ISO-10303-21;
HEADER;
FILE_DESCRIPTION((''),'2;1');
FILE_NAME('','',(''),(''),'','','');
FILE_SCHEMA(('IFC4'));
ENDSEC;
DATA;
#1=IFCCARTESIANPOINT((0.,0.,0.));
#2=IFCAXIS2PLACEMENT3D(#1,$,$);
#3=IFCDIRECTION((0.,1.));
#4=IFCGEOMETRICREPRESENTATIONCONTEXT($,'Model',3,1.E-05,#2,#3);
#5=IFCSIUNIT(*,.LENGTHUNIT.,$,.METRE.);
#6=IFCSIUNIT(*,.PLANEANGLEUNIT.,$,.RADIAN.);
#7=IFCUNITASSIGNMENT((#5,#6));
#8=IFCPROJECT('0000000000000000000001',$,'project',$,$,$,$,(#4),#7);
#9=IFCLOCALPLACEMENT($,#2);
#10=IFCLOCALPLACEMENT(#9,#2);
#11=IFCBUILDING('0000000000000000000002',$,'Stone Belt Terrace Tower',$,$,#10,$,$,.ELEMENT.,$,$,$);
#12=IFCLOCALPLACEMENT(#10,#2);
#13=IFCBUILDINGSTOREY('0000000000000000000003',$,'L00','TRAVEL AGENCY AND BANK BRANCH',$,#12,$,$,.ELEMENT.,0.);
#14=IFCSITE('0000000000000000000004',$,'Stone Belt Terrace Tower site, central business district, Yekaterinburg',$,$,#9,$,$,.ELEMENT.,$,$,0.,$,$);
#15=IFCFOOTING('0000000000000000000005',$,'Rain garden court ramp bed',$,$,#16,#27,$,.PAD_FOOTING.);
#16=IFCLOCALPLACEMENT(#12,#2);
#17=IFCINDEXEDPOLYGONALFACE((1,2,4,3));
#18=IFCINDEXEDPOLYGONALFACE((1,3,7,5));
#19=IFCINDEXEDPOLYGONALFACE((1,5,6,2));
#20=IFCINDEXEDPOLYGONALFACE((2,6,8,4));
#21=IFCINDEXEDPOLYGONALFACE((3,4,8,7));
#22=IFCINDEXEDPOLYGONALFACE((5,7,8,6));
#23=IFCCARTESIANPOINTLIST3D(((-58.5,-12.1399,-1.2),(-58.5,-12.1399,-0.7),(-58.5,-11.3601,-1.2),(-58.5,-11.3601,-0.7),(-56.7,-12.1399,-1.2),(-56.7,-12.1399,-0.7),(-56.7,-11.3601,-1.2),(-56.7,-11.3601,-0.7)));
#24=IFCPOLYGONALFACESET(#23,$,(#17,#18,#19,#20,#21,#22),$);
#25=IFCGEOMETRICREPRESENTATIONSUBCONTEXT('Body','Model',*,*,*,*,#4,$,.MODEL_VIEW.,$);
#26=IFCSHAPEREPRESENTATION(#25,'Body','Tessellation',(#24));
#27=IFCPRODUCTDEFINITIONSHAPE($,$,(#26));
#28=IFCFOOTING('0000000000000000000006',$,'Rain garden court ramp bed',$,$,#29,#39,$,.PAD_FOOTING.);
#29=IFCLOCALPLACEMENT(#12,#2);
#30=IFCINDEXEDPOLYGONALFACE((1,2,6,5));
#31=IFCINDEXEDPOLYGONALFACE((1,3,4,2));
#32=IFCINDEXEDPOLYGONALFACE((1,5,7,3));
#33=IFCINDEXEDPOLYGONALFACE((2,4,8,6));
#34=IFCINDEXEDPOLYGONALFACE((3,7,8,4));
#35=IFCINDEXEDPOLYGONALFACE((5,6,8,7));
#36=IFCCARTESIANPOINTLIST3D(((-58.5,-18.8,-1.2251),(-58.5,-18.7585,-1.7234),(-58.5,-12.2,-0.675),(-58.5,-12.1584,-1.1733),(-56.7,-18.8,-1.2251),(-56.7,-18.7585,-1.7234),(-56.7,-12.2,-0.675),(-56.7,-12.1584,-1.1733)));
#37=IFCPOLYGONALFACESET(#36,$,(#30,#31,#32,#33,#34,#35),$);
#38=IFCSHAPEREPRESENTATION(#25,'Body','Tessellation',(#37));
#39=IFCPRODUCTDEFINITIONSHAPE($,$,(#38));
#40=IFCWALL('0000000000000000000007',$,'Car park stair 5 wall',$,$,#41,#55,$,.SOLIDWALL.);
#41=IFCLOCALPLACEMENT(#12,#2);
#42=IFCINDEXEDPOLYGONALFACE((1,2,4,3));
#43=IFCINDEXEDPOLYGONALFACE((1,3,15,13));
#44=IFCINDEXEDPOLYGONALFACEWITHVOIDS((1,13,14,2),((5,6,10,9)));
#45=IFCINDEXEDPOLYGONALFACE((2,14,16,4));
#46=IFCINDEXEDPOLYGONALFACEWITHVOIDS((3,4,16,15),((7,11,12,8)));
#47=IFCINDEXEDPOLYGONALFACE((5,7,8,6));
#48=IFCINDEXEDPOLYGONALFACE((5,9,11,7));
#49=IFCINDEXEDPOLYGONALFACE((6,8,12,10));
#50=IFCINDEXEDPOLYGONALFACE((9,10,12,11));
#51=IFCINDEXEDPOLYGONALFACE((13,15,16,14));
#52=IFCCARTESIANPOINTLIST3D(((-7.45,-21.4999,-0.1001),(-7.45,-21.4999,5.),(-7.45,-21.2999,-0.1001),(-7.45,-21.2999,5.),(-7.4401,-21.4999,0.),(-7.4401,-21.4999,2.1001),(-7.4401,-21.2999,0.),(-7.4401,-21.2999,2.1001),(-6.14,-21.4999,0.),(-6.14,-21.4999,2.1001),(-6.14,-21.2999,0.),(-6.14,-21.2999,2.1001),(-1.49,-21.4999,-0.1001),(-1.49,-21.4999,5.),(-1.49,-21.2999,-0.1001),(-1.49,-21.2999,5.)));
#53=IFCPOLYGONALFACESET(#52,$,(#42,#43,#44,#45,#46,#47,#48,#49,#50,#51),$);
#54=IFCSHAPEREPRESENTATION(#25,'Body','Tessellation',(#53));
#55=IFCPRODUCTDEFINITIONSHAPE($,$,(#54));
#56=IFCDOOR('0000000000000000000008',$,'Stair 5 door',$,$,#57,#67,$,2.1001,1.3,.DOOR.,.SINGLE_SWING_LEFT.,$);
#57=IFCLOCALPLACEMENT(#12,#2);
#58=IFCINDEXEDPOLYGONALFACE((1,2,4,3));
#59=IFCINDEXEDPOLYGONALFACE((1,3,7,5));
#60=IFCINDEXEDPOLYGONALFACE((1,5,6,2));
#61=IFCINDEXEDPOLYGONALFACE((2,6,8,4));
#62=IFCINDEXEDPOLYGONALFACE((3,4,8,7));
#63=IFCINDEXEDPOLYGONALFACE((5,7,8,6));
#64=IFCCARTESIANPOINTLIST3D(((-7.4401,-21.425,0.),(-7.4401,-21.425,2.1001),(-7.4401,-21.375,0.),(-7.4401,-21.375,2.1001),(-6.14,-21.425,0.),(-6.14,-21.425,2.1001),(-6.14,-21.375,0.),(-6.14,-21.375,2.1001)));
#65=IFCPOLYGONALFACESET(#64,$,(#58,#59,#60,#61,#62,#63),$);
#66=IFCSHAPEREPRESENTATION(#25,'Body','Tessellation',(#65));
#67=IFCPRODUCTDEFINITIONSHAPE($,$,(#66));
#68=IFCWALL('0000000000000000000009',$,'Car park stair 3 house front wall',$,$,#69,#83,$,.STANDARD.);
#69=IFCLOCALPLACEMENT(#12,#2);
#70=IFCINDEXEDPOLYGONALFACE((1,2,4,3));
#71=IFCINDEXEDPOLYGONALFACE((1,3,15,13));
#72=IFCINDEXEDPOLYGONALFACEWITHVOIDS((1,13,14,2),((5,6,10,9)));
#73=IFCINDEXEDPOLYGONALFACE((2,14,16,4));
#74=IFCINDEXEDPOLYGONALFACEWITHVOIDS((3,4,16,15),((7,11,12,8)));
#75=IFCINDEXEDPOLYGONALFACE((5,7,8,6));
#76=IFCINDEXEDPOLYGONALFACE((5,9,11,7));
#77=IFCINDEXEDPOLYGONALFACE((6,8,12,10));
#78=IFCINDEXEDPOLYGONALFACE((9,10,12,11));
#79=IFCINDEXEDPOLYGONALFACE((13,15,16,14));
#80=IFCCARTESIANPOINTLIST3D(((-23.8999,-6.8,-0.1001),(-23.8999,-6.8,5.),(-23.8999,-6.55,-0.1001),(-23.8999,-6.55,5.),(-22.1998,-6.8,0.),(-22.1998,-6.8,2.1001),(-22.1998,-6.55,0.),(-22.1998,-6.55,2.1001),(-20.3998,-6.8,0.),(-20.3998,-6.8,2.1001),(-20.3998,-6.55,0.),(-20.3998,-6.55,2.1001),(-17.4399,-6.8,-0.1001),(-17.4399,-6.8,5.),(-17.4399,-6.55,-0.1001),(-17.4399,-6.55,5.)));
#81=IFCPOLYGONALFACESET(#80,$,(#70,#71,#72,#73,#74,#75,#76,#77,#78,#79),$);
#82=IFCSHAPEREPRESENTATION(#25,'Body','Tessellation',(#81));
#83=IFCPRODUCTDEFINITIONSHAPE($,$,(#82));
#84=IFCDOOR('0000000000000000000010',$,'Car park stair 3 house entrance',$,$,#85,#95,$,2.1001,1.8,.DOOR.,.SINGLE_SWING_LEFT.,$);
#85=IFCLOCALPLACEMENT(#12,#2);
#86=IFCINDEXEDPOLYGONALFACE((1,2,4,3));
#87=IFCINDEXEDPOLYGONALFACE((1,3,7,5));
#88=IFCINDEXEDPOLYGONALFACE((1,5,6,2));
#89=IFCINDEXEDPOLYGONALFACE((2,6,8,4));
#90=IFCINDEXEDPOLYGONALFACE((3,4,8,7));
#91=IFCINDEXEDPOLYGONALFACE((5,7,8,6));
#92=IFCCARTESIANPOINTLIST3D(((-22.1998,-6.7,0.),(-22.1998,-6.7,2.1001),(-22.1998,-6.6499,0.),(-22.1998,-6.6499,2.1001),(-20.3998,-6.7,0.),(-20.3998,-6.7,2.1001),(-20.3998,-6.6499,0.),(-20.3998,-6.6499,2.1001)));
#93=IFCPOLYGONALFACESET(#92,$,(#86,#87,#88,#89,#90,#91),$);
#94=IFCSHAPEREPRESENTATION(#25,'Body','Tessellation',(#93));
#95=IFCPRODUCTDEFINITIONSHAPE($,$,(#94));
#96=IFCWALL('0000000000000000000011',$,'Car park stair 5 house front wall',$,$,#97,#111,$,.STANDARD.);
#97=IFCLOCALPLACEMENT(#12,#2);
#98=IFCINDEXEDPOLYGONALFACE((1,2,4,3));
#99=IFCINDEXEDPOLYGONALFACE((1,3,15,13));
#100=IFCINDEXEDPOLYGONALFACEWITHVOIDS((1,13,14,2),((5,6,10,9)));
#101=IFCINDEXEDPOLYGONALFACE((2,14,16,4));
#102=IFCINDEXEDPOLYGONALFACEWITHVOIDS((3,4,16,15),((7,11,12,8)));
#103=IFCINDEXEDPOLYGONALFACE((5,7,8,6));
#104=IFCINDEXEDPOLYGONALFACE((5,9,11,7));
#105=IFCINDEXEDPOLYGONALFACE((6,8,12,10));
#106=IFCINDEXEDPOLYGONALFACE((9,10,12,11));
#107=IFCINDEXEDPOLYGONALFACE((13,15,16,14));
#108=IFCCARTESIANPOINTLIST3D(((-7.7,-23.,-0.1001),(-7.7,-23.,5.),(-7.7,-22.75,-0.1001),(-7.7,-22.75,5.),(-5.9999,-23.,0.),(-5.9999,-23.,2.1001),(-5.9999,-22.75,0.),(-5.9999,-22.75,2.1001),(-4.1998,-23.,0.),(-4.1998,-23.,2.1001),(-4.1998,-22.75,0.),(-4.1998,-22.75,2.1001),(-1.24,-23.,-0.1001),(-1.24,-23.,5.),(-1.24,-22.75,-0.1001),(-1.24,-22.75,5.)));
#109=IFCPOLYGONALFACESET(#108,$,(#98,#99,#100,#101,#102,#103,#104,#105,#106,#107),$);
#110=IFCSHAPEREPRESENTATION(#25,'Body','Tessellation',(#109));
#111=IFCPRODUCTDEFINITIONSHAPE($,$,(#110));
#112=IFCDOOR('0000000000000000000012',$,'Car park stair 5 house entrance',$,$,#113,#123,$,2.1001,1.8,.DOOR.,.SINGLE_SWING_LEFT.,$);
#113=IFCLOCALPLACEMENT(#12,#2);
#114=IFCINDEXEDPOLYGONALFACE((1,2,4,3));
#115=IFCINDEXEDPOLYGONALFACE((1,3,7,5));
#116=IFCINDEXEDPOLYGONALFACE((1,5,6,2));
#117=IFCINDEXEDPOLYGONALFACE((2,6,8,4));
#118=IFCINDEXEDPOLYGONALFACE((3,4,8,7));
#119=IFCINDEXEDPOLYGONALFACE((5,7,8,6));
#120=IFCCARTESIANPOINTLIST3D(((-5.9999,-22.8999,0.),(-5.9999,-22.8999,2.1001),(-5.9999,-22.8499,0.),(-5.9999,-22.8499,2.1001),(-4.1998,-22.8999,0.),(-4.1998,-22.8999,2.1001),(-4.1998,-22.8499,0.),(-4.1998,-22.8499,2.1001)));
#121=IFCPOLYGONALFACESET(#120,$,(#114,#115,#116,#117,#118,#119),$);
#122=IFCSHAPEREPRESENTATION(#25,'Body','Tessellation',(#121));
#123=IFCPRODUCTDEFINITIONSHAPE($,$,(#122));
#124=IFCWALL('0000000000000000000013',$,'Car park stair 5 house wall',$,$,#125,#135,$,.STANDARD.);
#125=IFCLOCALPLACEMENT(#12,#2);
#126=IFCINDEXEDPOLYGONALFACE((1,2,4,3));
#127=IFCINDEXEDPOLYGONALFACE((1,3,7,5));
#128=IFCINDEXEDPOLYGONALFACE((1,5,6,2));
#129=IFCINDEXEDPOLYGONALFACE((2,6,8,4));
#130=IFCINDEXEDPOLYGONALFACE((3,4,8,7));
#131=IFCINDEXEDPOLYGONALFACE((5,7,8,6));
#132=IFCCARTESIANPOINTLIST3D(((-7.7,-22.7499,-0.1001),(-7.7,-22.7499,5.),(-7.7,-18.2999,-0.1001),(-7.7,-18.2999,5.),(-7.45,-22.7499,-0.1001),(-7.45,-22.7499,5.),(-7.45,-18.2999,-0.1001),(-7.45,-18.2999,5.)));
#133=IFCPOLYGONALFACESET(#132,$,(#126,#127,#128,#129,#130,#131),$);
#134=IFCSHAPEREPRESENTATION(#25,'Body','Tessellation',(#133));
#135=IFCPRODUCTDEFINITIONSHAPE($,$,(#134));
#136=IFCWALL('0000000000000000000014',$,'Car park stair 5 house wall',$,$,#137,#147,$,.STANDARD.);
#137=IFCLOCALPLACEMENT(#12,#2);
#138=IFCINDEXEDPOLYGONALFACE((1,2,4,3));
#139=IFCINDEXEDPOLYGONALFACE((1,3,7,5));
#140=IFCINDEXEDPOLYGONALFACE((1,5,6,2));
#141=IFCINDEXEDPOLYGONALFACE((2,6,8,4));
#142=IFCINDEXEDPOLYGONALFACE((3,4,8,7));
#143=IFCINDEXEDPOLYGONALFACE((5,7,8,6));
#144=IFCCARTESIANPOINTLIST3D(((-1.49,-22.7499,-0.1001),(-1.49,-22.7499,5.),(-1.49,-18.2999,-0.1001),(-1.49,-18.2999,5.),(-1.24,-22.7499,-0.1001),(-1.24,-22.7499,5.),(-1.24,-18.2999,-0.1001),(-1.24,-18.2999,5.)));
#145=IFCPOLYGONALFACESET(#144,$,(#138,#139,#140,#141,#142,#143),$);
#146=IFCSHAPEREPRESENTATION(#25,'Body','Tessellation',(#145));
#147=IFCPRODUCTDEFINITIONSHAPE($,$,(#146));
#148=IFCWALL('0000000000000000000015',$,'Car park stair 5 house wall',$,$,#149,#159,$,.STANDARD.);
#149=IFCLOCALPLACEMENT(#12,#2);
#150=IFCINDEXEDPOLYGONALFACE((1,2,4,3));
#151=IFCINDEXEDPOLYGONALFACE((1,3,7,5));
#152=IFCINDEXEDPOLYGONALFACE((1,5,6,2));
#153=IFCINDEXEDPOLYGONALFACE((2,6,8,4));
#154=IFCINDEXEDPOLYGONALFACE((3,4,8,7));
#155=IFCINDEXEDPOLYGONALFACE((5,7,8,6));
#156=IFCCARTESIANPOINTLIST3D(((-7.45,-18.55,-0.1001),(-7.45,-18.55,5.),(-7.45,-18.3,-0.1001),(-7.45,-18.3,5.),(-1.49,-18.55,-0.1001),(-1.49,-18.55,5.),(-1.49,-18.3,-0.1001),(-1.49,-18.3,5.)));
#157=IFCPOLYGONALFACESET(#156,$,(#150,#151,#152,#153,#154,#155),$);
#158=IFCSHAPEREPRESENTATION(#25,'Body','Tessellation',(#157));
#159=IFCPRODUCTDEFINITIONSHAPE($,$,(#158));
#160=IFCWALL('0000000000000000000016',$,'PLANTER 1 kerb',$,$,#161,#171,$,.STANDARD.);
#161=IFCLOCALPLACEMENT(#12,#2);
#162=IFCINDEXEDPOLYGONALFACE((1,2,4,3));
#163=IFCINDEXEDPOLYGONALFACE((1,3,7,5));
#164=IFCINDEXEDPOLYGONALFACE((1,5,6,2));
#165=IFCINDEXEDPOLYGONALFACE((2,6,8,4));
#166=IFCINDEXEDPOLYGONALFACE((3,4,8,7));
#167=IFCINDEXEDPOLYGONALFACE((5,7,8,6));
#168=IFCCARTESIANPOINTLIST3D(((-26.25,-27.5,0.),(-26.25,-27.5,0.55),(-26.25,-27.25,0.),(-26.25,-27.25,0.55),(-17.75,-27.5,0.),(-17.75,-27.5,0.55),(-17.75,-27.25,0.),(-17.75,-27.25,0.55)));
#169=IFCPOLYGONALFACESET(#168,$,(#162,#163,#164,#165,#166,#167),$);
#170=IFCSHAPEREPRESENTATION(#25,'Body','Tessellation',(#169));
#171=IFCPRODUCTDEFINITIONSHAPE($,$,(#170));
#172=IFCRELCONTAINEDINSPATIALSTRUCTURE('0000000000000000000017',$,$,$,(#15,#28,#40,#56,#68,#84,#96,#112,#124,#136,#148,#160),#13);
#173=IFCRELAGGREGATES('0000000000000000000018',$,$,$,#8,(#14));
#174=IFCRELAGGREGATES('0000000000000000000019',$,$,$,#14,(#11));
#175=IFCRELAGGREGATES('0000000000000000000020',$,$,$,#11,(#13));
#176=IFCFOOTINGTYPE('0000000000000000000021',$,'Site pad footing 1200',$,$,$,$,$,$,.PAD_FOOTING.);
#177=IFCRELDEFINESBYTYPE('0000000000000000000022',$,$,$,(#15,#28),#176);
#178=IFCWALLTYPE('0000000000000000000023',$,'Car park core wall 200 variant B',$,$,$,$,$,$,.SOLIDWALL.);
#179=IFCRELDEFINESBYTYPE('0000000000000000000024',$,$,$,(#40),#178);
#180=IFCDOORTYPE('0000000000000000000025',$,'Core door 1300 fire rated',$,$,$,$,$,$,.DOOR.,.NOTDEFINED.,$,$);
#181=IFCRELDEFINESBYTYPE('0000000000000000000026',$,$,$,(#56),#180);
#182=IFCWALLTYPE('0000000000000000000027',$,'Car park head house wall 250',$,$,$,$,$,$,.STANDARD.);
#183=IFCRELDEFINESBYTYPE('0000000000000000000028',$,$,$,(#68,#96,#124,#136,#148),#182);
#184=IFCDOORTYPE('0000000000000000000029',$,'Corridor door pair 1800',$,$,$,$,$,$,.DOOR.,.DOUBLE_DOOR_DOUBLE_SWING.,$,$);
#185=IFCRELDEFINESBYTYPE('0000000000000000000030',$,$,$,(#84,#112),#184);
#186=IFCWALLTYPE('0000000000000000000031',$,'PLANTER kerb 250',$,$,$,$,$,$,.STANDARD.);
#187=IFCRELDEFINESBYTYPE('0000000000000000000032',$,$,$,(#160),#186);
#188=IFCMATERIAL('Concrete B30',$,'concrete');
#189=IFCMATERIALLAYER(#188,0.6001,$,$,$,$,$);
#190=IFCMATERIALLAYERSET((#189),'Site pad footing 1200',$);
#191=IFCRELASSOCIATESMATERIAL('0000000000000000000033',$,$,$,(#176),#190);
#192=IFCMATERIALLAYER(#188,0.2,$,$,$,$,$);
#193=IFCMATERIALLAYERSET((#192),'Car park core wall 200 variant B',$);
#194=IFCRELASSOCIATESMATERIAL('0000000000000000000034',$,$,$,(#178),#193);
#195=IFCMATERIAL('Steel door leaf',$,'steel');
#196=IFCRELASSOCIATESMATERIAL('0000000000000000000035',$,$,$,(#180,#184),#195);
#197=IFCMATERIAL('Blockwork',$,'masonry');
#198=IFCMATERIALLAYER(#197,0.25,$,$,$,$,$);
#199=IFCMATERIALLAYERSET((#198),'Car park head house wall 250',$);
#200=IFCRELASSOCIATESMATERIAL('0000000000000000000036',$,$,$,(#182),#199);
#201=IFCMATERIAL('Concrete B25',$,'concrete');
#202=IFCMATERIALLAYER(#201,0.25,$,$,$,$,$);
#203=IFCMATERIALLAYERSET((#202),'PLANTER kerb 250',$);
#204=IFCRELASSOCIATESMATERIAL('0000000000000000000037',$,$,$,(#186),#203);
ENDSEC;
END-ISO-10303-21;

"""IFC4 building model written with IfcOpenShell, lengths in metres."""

from ifc_helpers import new_model, si_unit, direction, frame, frame_2d, origin, place, context, subcontext, project, spatial, polyline, rectangle, outline, extrude, material, layer, layer_set, type_object, element, fill, save


model = new_model("IFC4")

# Units and contexts
model_context = context("Model", 3, precision=1e-05, world=origin(), true_north=direction((0.0, 1.0)))
body_context = subcontext(model_context, "Body", "Model", "MODEL_VIEW")
ifc_project = project(units=[si_unit("LENGTHUNIT", "METRE"), si_unit("PLANEANGLEUNIT", "RADIAN")], contexts=[model_context])

# Site, building, storey
site_placement = place(None, origin())
site = spatial("IfcSite", under=ifc_project, at=site_placement, Name="Stone Belt Terrace Tower site, central business district, Yekaterinburg", CompositionType="ELEMENT", RefElevation=0.0)
building_placement = place(site_placement, origin())
building = spatial("IfcBuilding", under=site, at=building_placement, Name="Stone Belt Terrace Tower", CompositionType="ELEMENT")
storey_placement = place(building_placement, origin())
storey = spatial("IfcBuildingStorey", under=building, at=storey_placement, Name="L00", Description="TRAVEL AGENCY AND BANK BRANCH", CompositionType="ELEMENT", Elevation=0.0)

# Footings
ifc_material_1 = material(Name="Concrete B30", Category="concrete")
ifc_layer_1 = layer(ifc_material_1, 0.6001)
ifc_layer_set_1 = layer_set([ifc_layer_1], Name="Site pad footing 1200")
footing_type = type_object("IfcFootingType", Name="Site pad footing 1200", PredefinedType="PAD_FOOTING", material=ifc_layer_set_1)
footing_1_placement = place(storey_placement, frame((-58.5, -11.3601, -0.7), z_axis=(0.0, 0.0, 1.0), x_axis=(0.0, -1.0, 0.0)))
element("IfcFooting", 1, at=footing_1_placement, inside=storey, type_object=footing_type, Name="Rain garden court ramp bed", PredefinedType="PAD_FOOTING", context=body_context, shape_type="SweptSolid", body=[
    extrude(outline(polyline([(0.0, 0.0), (0.7798, 0.0), (0.7798, 1.8), (0.0, 1.8), (0.0, 0.0)])), origin(), (0.0, 0.0, -1.0), 0.5),
])
footing_2_placement = place(storey_placement, frame((-58.5, -12.2, -0.675), z_axis=(0.0, -0.083052, 0.996545), x_axis=(0.0, -0.996545, -0.083052)))
element("IfcFooting", 2, at=footing_2_placement, inside=storey, type_object=footing_type, Name="Rain garden court ramp bed", PredefinedType="PAD_FOOTING", context=body_context, shape_type="SweptSolid", body=[
    extrude(outline(polyline([(0.0, 0.0), (6.623, 0.0), (6.623, 1.8), (0.0, 1.8), (0.0, 0.0)])), origin(), (0.0, 0.0, -1.0), 0.5),
])

# Walls, openings, doors
ifc_layer_2 = layer(ifc_material_1, 0.2)
ifc_layer_set_2 = layer_set([ifc_layer_2], Name="Car park core wall 200 variant B")
wall_type_1 = type_object("IfcWallType", Name="Car park core wall 200 variant B", PredefinedType="SOLIDWALL", material=ifc_layer_set_2)
wall_1_placement = place(storey_placement, frame((-7.45, -21.3999, -0.1001), z_axis=(0.0, 0.0, 1.0), x_axis=(1.0, 0.0, 0.0)))
wall_1 = element("IfcWall", 3, at=wall_1_placement, inside=storey, type_object=wall_type_1, Name="Car park stair 5 wall", PredefinedType="SOLIDWALL", context=body_context, shape_type="SweptSolid", body=[
    extrude(rectangle(XDim=5.96, YDim=0.2, at=frame_2d((2.98, 0.0))), origin(), (0.0, 0.0, 1.0), 5.1001),
])
opening_1_placement = place(wall_1_placement, frame((0.01, 0.0, 0.1001)))
opening_1 = element("IfcOpeningElement", 4, at=opening_1_placement, cuts=wall_1, PredefinedType="OPENING", context=body_context, shape_type="SweptSolid", body=[
    extrude(rectangle(XDim=1.3, YDim=2.1001, at=frame_2d((0.6499, 1.05))), frame((0.0, 0.1099, 0.0), z_axis=(0.0, -1.0, 0.0), x_axis=(1.0, 0.0, 0.0)), (0.0, 0.0, 1.0), 0.22),
])
ifc_material_2 = material(Name="Steel door leaf", Category="steel")
door_type_1 = type_object("IfcDoorType", Name="Core door 1300 fire rated", OperationType="NOTDEFINED", PredefinedType="DOOR", material=ifc_material_2)
door_1_placement = place(opening_1_placement, origin())
door_1 = element("IfcDoor", 5, at=door_1_placement, inside=storey, type_object=door_type_1, Name="Stair 5 door", OperationType="SINGLE_SWING_LEFT", OverallHeight=2.1001, OverallWidth=1.3, PredefinedType="DOOR", context=body_context, shape_type="SweptSolid", body=[
    extrude(rectangle(XDim=1.3, YDim=2.1001, at=frame_2d((0.6499, 1.05))), frame((0.0, 0.0249, 0.0), z_axis=(0.0, -1.0, 0.0), x_axis=(1.0, 0.0, 0.0)), (0.0, 0.0, 1.0), 0.05),
])
fill(opening_1, door_1)
ifc_material_3 = material(Name="Blockwork", Category="masonry")
ifc_layer_3 = layer(ifc_material_3, 0.25)
ifc_layer_set_3 = layer_set([ifc_layer_3], Name="Car park head house wall 250")
wall_type_2 = type_object("IfcWallType", Name="Car park head house wall 250", PredefinedType="STANDARD", material=ifc_layer_set_3)
wall_2_placement = place(storey_placement, frame((-17.4399, -6.675, -0.1001), z_axis=(0.0, 0.0, 1.0), x_axis=(-1.0, 0.0, 0.0)))
wall_2 = element("IfcWall", 6, at=wall_2_placement, inside=storey, type_object=wall_type_2, Name="Car park stair 3 house front wall", PredefinedType="STANDARD", context=body_context, shape_type="SweptSolid", body=[
    extrude(rectangle(XDim=6.46, YDim=0.25, at=frame_2d((3.23, 0.0))), origin(), (0.0, 0.0, 1.0), 5.1001),
])
opening_2_placement = place(wall_2_placement, frame((2.96, 0.0, 0.1001)))
opening_2 = element("IfcOpeningElement", 7, at=opening_2_placement, cuts=wall_2, PredefinedType="OPENING", context=body_context, shape_type="SweptSolid", body=[
    extrude(rectangle(XDim=1.8, YDim=2.1001, at=frame_2d((0.8999, 1.05))), frame((0.0, 0.135, 0.0), z_axis=(0.0, -1.0, 0.0), x_axis=(1.0, 0.0, 0.0)), (0.0, 0.0, 1.0), 0.27),
])
door_type_2 = type_object("IfcDoorType", Name="Corridor door pair 1800", OperationType="DOUBLE_DOOR_DOUBLE_SWING", PredefinedType="DOOR", material=ifc_material_2)
door_2_placement = place(opening_2_placement, origin())
door_2 = element("IfcDoor", 8, at=door_2_placement, inside=storey, type_object=door_type_2, Name="Car park stair 3 house entrance", OperationType="SINGLE_SWING_LEFT", OverallHeight=2.1001, OverallWidth=1.8, PredefinedType="DOOR", context=body_context, shape_type="SweptSolid", body=[
    extrude(rectangle(XDim=1.8, YDim=2.1001, at=frame_2d((0.8999, 1.05))), frame((0.0, 0.0249, 0.0), z_axis=(0.0, -1.0, 0.0), x_axis=(1.0, 0.0, 0.0)), (0.0, 0.0, 1.0), 0.05),
])
fill(opening_2, door_2)
wall_3_placement = place(storey_placement, frame((-1.24, -22.875, -0.1001), z_axis=(0.0, 0.0, 1.0), x_axis=(-1.0, 0.0, 0.0)))
wall_3 = element("IfcWall", 9, at=wall_3_placement, inside=storey, type_object=wall_type_2, Name="Car park stair 5 house front wall", PredefinedType="STANDARD", context=body_context, shape_type="SweptSolid", body=[
    extrude(rectangle(XDim=6.46, YDim=0.25, at=frame_2d((3.23, 0.0))), origin(), (0.0, 0.0, 1.0), 5.1001),
])
opening_3_placement = place(wall_3_placement, frame((2.96, 0.0, 0.1001)))
opening_3 = element("IfcOpeningElement", 10, at=opening_3_placement, cuts=wall_3, PredefinedType="OPENING", context=body_context, shape_type="SweptSolid", body=[
    extrude(rectangle(XDim=1.8, YDim=2.1001, at=frame_2d((0.8999, 1.05))), frame((0.0, 0.135, 0.0), z_axis=(0.0, -1.0, 0.0), x_axis=(1.0, 0.0, 0.0)), (0.0, 0.0, 1.0), 0.27),
])
door_3_placement = place(opening_3_placement, origin())
door_3 = element("IfcDoor", 11, at=door_3_placement, inside=storey, type_object=door_type_2, Name="Car park stair 5 house entrance", OperationType="SINGLE_SWING_LEFT", OverallHeight=2.1001, OverallWidth=1.8, PredefinedType="DOOR", context=body_context, shape_type="SweptSolid", body=[
    extrude(rectangle(XDim=1.8, YDim=2.1001, at=frame_2d((0.8999, 1.05))), frame((0.0, 0.0249, 0.0), z_axis=(0.0, -1.0, 0.0), x_axis=(1.0, 0.0, 0.0)), (0.0, 0.0, 1.0), 0.05),
])
fill(opening_3, door_3)

# Walls
for number, where, z_axis, x_axis, name in (
    (12, (-7.575, -22.75, -0.1001), (0.0, 0.0, 1.0), (0.0, 1.0, 0.0), "Car park stair 5 house wall"),
    (13, (-1.365, -22.75, -0.1001), (0.0, 0.0, 1.0), (0.0, 1.0, 0.0), "Car park stair 5 house wall"),
):
    element("IfcWall", number, at=place(storey_placement, frame(where, z_axis=z_axis, x_axis=x_axis)), inside=storey, type_object=wall_type_2, Name=name, PredefinedType="STANDARD", context=body_context, shape_type="SweptSolid", body=[
        extrude(rectangle(XDim=4.45, YDim=0.25, at=frame_2d((2.2251, 0.0))), origin(), (0.0, 0.0, 1.0), 5.1001),
    ])
wall_4_placement = place(storey_placement, frame((-7.45, -18.425, -0.1001), z_axis=(0.0, 0.0, 1.0), x_axis=(1.0, 0.0, 0.0)))
element("IfcWall", 14, at=wall_4_placement, inside=storey, type_object=wall_type_2, Name="Car park stair 5 house wall", PredefinedType="STANDARD", context=body_context, shape_type="SweptSolid", body=[
    extrude(rectangle(XDim=5.96, YDim=0.25, at=frame_2d((2.98, 0.0))), origin(), (0.0, 0.0, 1.0), 5.1001),
])
ifc_material_4 = material(Name="Concrete B25", Category="concrete")
ifc_layer_4 = layer(ifc_material_4, 0.25)
ifc_layer_set_4 = layer_set([ifc_layer_4], Name="PLANTER kerb 250")
wall_type_3 = type_object("IfcWallType", Name="PLANTER kerb 250", PredefinedType="STANDARD", material=ifc_layer_set_4)
wall_5_placement = place(storey_placement, frame((-26.25, -27.375, 0.0), z_axis=(0.0, 0.0, 1.0), x_axis=(1.0, 0.0, 0.0)))
element("IfcWall", 15, at=wall_5_placement, inside=storey, type_object=wall_type_3, Name="PLANTER 1 kerb", PredefinedType="STANDARD", context=body_context, shape_type="SweptSolid", body=[
    extrude(rectangle(XDim=8.5, YDim=0.25, at=frame_2d((4.25, 0.0))), origin(), (0.0, 0.0, 1.0), 0.55),
])

save(model, "model.ifc")
